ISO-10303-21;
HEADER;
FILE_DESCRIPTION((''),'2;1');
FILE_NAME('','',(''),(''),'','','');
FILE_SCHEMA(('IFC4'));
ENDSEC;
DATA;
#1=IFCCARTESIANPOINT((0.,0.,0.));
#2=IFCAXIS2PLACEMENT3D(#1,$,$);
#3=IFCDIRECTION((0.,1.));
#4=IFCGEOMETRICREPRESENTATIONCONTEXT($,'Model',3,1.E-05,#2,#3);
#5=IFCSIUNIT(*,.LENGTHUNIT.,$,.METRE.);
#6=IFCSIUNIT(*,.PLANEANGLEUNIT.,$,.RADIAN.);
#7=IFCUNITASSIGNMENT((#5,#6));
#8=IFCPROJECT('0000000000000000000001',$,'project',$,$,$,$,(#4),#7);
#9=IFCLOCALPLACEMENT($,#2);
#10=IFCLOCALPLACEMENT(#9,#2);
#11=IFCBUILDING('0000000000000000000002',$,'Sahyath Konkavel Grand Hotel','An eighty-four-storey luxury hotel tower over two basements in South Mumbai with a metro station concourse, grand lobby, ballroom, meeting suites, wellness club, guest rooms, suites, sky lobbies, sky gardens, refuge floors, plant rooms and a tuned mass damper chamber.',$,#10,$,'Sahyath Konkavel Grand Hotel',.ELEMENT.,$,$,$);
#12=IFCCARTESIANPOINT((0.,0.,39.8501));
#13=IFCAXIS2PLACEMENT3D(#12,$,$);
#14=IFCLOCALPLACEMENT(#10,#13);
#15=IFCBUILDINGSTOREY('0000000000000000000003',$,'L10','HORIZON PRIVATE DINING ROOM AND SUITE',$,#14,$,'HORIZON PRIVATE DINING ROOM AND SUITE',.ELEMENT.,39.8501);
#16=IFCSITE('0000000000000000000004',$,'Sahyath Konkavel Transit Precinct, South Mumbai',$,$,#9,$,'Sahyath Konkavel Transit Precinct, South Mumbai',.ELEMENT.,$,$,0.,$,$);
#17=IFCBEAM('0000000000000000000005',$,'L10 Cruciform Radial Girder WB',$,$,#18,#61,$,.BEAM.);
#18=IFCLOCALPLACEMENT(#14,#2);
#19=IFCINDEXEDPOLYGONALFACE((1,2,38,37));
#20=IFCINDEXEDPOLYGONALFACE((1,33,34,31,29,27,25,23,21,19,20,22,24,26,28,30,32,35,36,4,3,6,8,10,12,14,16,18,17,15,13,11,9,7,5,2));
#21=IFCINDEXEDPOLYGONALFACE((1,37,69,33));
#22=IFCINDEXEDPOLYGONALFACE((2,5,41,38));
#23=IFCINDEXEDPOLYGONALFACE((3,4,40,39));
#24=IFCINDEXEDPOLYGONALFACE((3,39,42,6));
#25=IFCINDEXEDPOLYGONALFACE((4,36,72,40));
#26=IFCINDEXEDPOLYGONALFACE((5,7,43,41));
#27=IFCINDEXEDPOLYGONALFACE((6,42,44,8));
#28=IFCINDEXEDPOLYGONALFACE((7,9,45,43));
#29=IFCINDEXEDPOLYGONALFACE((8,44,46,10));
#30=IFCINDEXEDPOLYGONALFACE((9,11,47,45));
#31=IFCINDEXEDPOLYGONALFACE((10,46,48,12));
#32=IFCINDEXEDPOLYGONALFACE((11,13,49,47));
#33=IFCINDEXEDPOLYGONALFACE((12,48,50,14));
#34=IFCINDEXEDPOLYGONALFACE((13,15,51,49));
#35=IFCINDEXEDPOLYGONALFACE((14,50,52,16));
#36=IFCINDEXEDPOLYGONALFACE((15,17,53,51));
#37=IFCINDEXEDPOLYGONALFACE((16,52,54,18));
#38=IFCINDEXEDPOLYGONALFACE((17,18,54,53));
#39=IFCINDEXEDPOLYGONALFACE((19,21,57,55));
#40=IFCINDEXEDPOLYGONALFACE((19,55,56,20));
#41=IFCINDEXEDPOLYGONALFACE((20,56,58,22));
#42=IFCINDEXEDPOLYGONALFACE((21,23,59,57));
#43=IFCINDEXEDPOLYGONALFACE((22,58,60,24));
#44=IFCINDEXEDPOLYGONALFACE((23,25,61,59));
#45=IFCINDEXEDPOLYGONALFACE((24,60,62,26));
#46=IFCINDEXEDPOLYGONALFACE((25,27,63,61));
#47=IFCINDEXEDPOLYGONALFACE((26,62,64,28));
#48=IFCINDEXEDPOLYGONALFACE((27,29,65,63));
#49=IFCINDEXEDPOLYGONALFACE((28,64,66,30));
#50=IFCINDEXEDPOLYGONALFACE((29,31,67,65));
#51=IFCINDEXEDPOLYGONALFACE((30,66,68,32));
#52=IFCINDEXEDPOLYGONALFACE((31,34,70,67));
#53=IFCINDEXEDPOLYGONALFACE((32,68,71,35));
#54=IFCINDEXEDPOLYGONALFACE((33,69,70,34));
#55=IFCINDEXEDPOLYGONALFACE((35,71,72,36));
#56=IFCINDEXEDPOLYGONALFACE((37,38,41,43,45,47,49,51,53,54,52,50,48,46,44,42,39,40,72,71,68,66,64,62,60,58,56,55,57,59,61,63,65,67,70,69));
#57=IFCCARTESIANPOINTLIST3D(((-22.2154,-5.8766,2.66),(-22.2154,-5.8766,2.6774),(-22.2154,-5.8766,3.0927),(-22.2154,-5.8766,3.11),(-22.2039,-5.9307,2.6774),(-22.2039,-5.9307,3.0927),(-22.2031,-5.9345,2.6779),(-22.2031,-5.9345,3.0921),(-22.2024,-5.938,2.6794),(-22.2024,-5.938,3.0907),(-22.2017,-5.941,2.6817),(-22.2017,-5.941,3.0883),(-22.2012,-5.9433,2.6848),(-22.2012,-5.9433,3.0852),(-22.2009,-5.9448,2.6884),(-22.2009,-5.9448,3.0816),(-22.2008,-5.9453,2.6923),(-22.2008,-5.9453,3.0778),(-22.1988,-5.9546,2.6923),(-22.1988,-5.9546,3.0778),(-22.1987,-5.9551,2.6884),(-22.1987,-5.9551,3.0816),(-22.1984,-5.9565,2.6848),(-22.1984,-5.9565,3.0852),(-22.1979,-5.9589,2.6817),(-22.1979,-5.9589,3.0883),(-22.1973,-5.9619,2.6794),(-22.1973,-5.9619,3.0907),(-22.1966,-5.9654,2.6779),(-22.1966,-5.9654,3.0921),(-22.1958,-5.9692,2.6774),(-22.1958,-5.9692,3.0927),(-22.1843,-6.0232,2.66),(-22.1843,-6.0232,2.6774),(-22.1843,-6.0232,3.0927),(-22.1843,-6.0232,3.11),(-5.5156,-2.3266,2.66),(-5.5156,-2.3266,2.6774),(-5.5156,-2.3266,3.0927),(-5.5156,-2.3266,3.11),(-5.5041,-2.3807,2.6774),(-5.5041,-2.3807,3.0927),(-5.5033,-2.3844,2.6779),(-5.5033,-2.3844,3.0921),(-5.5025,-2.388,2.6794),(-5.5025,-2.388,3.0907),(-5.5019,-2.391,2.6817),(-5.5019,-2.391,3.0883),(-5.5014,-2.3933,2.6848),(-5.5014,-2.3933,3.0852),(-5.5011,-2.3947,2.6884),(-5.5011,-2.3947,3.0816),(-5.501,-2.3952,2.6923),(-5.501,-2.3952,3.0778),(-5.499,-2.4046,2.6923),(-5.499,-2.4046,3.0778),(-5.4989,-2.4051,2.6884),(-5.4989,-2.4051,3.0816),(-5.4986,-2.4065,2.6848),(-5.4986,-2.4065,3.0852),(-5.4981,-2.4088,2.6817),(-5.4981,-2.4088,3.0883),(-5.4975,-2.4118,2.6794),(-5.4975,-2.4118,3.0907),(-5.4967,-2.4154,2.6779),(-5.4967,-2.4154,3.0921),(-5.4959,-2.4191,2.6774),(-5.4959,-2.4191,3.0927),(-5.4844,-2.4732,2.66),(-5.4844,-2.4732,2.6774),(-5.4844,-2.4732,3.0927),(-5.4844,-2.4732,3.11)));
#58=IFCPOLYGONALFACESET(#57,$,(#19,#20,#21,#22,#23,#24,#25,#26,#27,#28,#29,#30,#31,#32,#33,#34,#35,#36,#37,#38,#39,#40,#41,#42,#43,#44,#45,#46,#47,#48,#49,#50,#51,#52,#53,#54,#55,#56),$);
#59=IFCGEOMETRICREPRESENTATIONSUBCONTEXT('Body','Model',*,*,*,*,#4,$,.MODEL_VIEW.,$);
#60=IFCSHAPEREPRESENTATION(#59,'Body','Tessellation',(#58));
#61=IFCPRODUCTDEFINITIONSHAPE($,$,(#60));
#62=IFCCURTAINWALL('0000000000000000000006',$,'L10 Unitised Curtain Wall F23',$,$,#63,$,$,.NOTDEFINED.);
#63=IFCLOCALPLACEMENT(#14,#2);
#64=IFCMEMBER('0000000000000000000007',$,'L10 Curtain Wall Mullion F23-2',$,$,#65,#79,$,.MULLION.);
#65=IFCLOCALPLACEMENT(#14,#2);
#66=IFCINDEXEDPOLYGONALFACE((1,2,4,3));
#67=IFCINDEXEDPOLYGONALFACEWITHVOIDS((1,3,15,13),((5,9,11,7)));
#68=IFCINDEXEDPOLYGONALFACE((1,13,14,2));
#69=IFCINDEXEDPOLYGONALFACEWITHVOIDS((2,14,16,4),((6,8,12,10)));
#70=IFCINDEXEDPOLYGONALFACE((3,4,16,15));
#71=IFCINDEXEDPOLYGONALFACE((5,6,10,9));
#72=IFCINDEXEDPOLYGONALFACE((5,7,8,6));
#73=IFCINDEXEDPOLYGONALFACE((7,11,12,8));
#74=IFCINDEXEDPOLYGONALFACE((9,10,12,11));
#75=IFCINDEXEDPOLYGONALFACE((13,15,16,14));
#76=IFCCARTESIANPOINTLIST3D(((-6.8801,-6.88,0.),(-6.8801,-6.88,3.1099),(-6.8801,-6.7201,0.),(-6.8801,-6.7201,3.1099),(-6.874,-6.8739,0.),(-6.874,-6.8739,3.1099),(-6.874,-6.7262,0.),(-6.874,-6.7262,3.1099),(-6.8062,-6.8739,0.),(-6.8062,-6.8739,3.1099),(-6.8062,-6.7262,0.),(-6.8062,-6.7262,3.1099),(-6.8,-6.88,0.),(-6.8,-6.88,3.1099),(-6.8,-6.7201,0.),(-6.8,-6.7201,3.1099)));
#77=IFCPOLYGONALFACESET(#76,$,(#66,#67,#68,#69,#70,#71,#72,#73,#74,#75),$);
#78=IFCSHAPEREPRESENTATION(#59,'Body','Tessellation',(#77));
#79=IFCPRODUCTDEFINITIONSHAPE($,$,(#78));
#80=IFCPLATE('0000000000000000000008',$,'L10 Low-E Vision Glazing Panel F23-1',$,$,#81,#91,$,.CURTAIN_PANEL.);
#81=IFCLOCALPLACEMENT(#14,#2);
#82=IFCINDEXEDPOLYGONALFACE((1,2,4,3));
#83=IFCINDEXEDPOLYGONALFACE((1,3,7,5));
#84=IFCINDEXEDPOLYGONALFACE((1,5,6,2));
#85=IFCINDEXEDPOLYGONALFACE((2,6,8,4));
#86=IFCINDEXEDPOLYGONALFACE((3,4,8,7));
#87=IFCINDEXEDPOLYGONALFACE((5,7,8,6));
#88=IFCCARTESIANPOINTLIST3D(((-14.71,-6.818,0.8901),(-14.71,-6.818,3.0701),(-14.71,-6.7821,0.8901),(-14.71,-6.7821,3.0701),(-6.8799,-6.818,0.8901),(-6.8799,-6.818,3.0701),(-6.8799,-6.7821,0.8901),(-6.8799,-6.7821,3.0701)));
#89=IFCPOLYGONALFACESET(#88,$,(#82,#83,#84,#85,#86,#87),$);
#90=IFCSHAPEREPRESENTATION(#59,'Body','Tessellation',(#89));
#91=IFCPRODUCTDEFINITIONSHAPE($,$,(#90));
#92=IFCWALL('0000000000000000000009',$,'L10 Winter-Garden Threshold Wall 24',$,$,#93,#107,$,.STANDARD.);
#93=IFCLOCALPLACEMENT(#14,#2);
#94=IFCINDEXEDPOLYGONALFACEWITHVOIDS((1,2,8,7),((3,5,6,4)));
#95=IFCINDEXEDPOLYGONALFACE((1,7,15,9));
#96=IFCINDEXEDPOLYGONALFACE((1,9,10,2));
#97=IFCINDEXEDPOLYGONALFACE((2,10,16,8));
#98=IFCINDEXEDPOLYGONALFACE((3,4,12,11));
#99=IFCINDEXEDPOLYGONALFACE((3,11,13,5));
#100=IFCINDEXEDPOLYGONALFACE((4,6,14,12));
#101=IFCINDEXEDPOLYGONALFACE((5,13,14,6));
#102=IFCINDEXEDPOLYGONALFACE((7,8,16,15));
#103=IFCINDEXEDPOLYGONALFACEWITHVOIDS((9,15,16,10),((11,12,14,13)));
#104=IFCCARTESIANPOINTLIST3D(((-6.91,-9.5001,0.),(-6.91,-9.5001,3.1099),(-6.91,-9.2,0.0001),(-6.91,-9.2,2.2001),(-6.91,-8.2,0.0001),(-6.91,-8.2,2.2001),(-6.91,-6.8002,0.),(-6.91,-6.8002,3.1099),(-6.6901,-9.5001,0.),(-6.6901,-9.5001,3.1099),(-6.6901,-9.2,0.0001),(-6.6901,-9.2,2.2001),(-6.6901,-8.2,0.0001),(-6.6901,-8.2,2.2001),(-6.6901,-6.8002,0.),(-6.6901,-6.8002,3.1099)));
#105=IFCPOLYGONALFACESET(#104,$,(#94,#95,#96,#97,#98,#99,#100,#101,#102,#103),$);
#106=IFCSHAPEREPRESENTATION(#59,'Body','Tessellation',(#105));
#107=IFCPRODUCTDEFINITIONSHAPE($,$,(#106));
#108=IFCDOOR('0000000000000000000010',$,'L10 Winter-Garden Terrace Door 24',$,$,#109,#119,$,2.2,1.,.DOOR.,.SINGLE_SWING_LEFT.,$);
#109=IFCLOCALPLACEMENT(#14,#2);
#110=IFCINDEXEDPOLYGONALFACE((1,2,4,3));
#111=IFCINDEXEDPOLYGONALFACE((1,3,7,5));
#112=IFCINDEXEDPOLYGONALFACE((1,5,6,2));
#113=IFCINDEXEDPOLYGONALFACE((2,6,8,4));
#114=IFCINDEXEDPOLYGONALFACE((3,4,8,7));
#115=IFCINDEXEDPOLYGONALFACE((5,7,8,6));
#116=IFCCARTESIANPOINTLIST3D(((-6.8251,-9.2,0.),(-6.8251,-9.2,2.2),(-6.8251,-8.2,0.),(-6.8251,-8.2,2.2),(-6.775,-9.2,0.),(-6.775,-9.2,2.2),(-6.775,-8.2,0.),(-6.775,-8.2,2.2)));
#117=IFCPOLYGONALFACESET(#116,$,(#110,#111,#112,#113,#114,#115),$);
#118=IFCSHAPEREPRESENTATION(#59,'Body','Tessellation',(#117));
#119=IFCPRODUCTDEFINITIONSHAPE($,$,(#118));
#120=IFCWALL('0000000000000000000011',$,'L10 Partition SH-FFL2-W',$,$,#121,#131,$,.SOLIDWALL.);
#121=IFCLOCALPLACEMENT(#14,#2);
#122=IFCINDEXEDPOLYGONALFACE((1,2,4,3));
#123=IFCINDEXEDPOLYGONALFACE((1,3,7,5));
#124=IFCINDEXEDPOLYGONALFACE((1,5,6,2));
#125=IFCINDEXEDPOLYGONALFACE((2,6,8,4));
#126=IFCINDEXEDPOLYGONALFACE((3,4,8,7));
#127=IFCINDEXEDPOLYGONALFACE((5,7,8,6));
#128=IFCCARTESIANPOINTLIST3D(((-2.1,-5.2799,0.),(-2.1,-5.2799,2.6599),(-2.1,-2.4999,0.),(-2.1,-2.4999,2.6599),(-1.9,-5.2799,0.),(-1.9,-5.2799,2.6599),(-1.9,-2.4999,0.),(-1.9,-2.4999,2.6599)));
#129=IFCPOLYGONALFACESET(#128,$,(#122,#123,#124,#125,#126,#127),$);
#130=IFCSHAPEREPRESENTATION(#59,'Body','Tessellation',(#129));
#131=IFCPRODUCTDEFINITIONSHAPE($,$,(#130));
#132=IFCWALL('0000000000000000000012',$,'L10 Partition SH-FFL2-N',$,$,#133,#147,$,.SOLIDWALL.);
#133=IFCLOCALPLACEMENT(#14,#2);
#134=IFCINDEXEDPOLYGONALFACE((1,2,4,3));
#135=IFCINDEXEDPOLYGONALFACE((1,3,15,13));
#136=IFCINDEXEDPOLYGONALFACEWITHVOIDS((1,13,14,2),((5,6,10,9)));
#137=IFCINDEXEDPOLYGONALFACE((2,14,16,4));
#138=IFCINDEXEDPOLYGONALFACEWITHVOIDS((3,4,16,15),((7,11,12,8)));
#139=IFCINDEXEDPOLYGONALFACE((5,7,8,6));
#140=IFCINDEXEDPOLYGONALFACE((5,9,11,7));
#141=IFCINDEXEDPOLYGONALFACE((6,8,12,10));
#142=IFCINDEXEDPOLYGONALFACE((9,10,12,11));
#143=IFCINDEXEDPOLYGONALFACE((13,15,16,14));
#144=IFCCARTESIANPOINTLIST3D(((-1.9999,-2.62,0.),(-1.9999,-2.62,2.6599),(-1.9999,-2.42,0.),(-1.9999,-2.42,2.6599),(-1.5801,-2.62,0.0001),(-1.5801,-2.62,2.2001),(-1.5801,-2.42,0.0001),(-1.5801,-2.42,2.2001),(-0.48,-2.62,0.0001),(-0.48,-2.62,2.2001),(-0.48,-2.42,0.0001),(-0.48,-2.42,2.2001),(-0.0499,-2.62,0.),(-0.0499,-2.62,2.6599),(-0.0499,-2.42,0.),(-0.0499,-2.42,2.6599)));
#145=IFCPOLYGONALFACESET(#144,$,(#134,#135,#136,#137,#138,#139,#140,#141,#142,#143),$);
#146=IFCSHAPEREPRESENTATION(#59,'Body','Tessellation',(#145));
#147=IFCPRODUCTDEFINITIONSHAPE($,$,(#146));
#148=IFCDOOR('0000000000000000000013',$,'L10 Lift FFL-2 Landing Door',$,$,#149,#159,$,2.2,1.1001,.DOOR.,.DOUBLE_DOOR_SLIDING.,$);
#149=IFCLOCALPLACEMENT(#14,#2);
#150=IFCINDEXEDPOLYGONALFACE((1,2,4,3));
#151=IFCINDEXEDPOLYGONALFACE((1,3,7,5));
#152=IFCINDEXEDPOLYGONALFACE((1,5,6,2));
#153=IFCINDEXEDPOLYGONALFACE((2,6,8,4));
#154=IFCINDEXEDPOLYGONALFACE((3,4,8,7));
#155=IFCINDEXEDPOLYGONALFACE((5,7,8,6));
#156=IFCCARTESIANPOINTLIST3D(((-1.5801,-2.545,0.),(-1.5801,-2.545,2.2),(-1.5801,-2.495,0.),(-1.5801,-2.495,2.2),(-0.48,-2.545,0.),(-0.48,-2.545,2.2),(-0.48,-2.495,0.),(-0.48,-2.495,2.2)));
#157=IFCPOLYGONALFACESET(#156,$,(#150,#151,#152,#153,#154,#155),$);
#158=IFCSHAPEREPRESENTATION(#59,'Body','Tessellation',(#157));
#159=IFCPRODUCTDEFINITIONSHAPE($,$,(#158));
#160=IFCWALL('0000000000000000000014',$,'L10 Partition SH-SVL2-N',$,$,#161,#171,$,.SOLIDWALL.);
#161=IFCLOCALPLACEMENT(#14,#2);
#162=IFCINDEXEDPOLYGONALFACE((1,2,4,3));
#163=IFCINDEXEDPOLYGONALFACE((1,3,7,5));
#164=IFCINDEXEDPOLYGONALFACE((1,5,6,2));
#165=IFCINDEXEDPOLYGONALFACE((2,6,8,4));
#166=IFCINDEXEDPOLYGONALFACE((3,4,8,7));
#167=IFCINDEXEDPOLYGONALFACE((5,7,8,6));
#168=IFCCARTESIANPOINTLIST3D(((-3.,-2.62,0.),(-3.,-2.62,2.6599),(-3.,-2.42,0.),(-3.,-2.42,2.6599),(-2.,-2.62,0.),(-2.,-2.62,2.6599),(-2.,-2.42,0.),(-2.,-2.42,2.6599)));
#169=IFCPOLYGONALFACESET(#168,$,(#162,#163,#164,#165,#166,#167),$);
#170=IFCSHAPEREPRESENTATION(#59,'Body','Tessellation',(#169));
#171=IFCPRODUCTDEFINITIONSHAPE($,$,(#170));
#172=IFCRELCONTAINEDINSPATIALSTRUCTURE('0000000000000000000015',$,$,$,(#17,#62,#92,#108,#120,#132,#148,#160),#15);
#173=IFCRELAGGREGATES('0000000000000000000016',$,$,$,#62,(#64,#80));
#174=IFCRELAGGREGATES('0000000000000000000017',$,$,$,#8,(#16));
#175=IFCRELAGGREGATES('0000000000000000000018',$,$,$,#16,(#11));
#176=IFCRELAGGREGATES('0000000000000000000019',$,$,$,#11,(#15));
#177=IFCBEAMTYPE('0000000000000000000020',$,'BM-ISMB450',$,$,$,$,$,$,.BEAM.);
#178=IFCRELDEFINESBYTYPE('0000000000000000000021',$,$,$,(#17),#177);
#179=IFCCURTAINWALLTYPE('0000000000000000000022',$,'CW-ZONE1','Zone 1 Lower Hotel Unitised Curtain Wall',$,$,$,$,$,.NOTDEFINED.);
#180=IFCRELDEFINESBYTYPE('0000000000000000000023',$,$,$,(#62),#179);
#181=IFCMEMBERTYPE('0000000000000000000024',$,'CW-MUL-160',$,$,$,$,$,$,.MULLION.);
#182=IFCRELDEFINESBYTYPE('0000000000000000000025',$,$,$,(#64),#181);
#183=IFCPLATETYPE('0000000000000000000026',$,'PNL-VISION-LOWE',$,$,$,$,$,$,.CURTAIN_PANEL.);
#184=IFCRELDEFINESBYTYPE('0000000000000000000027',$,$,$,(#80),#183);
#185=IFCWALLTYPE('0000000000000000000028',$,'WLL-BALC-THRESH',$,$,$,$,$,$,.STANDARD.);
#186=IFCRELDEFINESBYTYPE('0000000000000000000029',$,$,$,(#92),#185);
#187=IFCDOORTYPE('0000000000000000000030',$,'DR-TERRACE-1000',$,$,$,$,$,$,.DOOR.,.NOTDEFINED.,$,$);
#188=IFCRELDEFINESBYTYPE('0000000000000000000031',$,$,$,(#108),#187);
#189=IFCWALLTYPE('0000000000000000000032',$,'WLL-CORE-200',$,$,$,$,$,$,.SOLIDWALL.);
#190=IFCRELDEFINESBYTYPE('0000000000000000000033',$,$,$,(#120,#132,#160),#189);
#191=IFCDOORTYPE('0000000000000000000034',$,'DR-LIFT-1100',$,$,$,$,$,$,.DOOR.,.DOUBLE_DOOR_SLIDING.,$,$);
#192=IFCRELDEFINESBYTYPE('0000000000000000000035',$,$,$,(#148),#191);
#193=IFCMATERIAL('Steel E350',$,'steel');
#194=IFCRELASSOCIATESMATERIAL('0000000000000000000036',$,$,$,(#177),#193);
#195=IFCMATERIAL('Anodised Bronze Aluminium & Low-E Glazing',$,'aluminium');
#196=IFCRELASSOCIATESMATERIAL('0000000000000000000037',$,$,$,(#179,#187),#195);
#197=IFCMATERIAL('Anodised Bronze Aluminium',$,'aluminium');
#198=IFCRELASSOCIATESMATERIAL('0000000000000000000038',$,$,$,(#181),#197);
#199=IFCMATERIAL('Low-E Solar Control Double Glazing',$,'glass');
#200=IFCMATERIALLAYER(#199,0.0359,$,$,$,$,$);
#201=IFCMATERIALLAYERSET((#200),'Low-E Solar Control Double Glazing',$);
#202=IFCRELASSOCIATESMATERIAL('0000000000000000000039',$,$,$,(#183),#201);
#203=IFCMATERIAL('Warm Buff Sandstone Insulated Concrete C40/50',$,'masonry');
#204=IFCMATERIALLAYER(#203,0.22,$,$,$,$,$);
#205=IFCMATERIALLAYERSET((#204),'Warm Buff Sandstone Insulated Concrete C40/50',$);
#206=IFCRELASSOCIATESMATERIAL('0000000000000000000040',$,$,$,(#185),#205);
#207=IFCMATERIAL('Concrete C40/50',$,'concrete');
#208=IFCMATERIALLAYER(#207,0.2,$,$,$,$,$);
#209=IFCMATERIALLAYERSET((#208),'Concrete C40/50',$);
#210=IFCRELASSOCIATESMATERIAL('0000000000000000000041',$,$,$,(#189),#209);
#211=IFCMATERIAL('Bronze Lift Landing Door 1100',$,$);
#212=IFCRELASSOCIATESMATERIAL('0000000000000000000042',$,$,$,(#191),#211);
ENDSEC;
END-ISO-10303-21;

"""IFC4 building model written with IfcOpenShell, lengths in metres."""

from ifc_helpers import new_model, si_unit, direction, frame, frame_2d, origin, origin_2d, place, context, subcontext, project, spatial, rectangle, hollow_rectangle, i_section, extrude, source, transform, mapped, material, layer, layer_set, material_profile, profile_set, type_object, element, fill, aggregate, save


model = new_model("IFC4")

# Units and contexts
model_context = context("Model", 3, precision=1e-05, world=origin(), true_north=direction((0.0, 1.0)))
body_context = subcontext(model_context, "Body", "Model", "MODEL_VIEW")
ifc_project = project(units=[si_unit("LENGTHUNIT", "METRE"), si_unit("PLANEANGLEUNIT", "RADIAN")], contexts=[model_context])

# Site, building, storey
site_placement = place(None, origin())
site = spatial("IfcSite", under=ifc_project, at=site_placement, Name="Sahyath Konkavel Transit Precinct, South Mumbai", LongName="Sahyath Konkavel Transit Precinct, South Mumbai", CompositionType="ELEMENT", RefElevation=0.0)
building_placement = place(site_placement, origin())
building = spatial("IfcBuilding", under=site, at=building_placement, Name="Sahyath Konkavel Grand Hotel", Description="An eighty-four-storey luxury hotel tower over two basements in South Mumbai with a metro station concourse, grand lobby, ballroom, meeting suites, wellness club, guest rooms, suites, sky lobbies, sky gardens, refuge floors, plant rooms and a tuned mass damper chamber.", LongName="Sahyath Konkavel Grand Hotel", CompositionType="ELEMENT")
storey_placement = place(building_placement, frame((0.0, 0.0, 39.8501)))
storey = spatial("IfcBuildingStorey", under=building, at=storey_placement, Name="L10", Description="HORIZON PRIVATE DINING ROOM AND SUITE", LongName="HORIZON PRIVATE DINING ROOM AND SUITE", CompositionType="ELEMENT", Elevation=39.8501)

# Beam
ifc_material_1 = material(Name="Steel E350", Category="steel")
ifc_material_profile_1 = material_profile(ifc_material_1, i_section(OverallWidth=0.1499, OverallDepth=0.45, WebThickness=0.0095, FlangeThickness=0.0173, FilletRadius=0.0149, at=origin_2d()), Name="ISMB 450")
ifc_profile_set_1 = profile_set([ifc_material_profile_1], Name="Steel E350")
beam_type_1 = type_object("IfcBeamType", Name="BM-ISMB450", PredefinedType="BEAM", material=ifc_profile_set_1)
shared_shape_1 = source(origin(), body_context, "Body", "SweptSolid", [
    extrude(i_section(OverallWidth=0.1499, OverallDepth=0.45, WebThickness=0.0095, FlangeThickness=0.0173, FilletRadius=0.0149, at=origin_2d()), origin(), (0.0, 0.0, 1.0), 17.073),
])
beam_1_placement = place(storey_placement, frame((-5.5, -2.3999, 2.885), z_axis=(-0.978143, -0.207932, 0.0), x_axis=(0.207932, -0.978143, 0.0)))
element("IfcBeam", 1, at=beam_1_placement, inside=storey, type_object=beam_type_1, Name="L10 Cruciform Radial Girder WB", PredefinedType="BEAM", context=body_context, shape_type="MappedRepresentation", body=[
    mapped(shared_shape_1, transform((0.0, 0.0, 0.0), scale=1.0)),
])

# Curtain wall, member, plate
ifc_material_2 = material(Name="Anodised Bronze Aluminium & Low-E Glazing", Category="aluminium")
curtain_wall_type = type_object("IfcCurtainWallType", Name="CW-ZONE1", Description="Zone 1 Lower Hotel Unitised Curtain Wall", PredefinedType="NOTDEFINED", material=ifc_material_2)
curtain_wall_placement = place(storey_placement, origin())
curtain_wall = element("IfcCurtainWall", 2, at=curtain_wall_placement, inside=storey, type_object=curtain_wall_type, Name="L10 Unitised Curtain Wall F23", PredefinedType="NOTDEFINED")
ifc_material_3 = material(Name="Anodised Bronze Aluminium", Category="aluminium")
ifc_material_profile_2 = material_profile(ifc_material_3, hollow_rectangle(XDim=0.0801, YDim=0.1599, WallThickness=0.0061, at=origin_2d()), Name="RHS 160x80x6")
ifc_profile_set_2 = profile_set([ifc_material_profile_2], Name="Anodised Bronze Aluminium")
member_type = type_object("IfcMemberType", Name="CW-MUL-160", PredefinedType="MULLION", material=ifc_profile_set_2)
shared_shape_2 = source(origin(), body_context, "Body", "SweptSolid", [
    extrude(hollow_rectangle(XDim=0.0801, YDim=0.1599, WallThickness=0.0061, at=origin_2d()), origin(), (0.0, 0.0, 1.0), 3.1099),
])
member_placement = place(storey_placement, frame((-6.8401, -6.8, 0.0), z_axis=(0.0, 0.0, 1.0), x_axis=(1.0, 0.0, 0.0)))
member = element("IfcMember", 3, at=member_placement, type_object=member_type, Name="L10 Curtain Wall Mullion F23-2", PredefinedType="MULLION", context=body_context, shape_type="MappedRepresentation", body=[
    mapped(shared_shape_2, transform((0.0, 0.0, 0.0), scale=1.0)),
])
ifc_material_4 = material(Name="Low-E Solar Control Double Glazing", Category="glass")
ifc_layer_1 = layer(ifc_material_4, 0.0359)
ifc_layer_set_1 = layer_set([ifc_layer_1], Name="Low-E Solar Control Double Glazing")
plate_type = type_object("IfcPlateType", Name="PNL-VISION-LOWE", PredefinedType="CURTAIN_PANEL", material=ifc_layer_set_1)
shared_shape_3 = source(origin(), body_context, "Body", "SweptSolid", [
    extrude(rectangle(XDim=7.8301, YDim=0.0359, at=origin_2d()), origin(), (0.0, 0.0, 1.0), 2.1799),
])
plate_placement = place(storey_placement, frame((-10.7949, -6.8, 0.8901), z_axis=(0.0, 0.0, 1.0), x_axis=(1.0, 0.0, 0.0)))
plate = element("IfcPlate", 4, at=plate_placement, type_object=plate_type, Name="L10 Low-E Vision Glazing Panel F23-1", PredefinedType="CURTAIN_PANEL", context=body_context, shape_type="MappedRepresentation", body=[
    mapped(shared_shape_3, transform((0.0, 0.0, 0.0), scale=1.0)),
])
aggregate(curtain_wall, [member, plate])

# Wall, opening, door
ifc_material_5 = material(Name="Warm Buff Sandstone Insulated Concrete C40/50", Category="masonry")
ifc_layer_2 = layer(ifc_material_5, 0.22)
ifc_layer_set_2 = layer_set([ifc_layer_2], Name="Warm Buff Sandstone Insulated Concrete C40/50")
wall_type_1 = type_object("IfcWallType", Name="WLL-BALC-THRESH", PredefinedType="STANDARD", material=ifc_layer_set_2)
wall_1_placement = place(storey_placement, frame((-6.8, -6.8, 0.0), z_axis=(0.0, 0.0, 1.0), x_axis=(0.0, -1.0, 0.0)))
wall_1 = element("IfcWall", 5, at=wall_1_placement, inside=storey, type_object=wall_type_1, Name="L10 Winter-Garden Threshold Wall 24", PredefinedType="STANDARD", context=body_context, shape_type="SweptSolid", body=[
    extrude(rectangle(XDim=2.7, YDim=0.22, at=frame_2d((1.3501, 0.0))), origin(), (0.0, 0.0, 1.0), 3.1099),
])
opening_1_placement = place(wall_1_placement, frame((1.3999, 0.0, 0.0)))
opening_1 = element("IfcOpeningElement", 6, at=opening_1_placement, cuts=wall_1, PredefinedType="OPENING", context=body_context, shape_type="SweptSolid", body=[
    extrude(rectangle(XDim=1.0, YDim=2.2, at=frame_2d((0.5, 1.1001))), frame((0.0, 0.1201, 0.0), z_axis=(0.0, -1.0, 0.0), x_axis=(1.0, 0.0, 0.0)), (0.0, 0.0, 1.0), 0.24),
])
door_type_1 = type_object("IfcDoorType", Name="DR-TERRACE-1000", OperationType="NOTDEFINED", PredefinedType="DOOR", material=ifc_material_2)
shared_shape_4 = source(origin(), body_context, "Body", "SweptSolid", [
    extrude(rectangle(XDim=1.0, YDim=0.05, at=origin_2d()), origin(), (0.0, 0.0, 1.0), 2.2),
])
door_1_placement = place(opening_1_placement, frame((0.5, 0.0, 0.0)))
door_1 = element("IfcDoor", 7, at=door_1_placement, inside=storey, type_object=door_type_1, Name="L10 Winter-Garden Terrace Door 24", OperationType="SINGLE_SWING_LEFT", OverallHeight=2.2, OverallWidth=1.0, PredefinedType="DOOR", context=body_context, shape_type="MappedRepresentation", body=[
    mapped(shared_shape_4, transform((0.0, 0.0, 0.0), scale=1.0)),
])
fill(opening_1, door_1)

# Wall
ifc_material_6 = material(Name="Concrete C40/50", Category="concrete")
ifc_layer_3 = layer(ifc_material_6, 0.2)
ifc_layer_set_3 = layer_set([ifc_layer_3], Name="Concrete C40/50")
wall_type_2 = type_object("IfcWallType", Name="WLL-CORE-200", PredefinedType="SOLIDWALL", material=ifc_layer_set_3)
wall_2_placement = place(storey_placement, frame((-2.0, -5.28, 0.0), z_axis=(0.0, 0.0, 1.0), x_axis=(0.0, 1.0, 0.0)))
element("IfcWall", 8, at=wall_2_placement, inside=storey, type_object=wall_type_2, Name="L10 Partition SH-FFL2-W", PredefinedType="SOLIDWALL", context=body_context, shape_type="SweptSolid", body=[
    extrude(rectangle(XDim=2.78, YDim=0.2, at=frame_2d((1.3901, 0.0))), origin(), (0.0, 0.0, 1.0), 2.6599),
])

# Wall, opening, door
wall_3_placement = place(storey_placement, frame((-2.0, -2.52, 0.0), z_axis=(0.0, 0.0, 1.0), x_axis=(1.0, 0.0, 0.0)))
wall_3 = element("IfcWall", 9, at=wall_3_placement, inside=storey, type_object=wall_type_2, Name="L10 Partition SH-FFL2-N", PredefinedType="SOLIDWALL", context=body_context, shape_type="SweptSolid", body=[
    extrude(rectangle(XDim=1.95, YDim=0.2, at=frame_2d((0.9751, 0.0))), origin(), (0.0, 0.0, 1.0), 2.6599),
])
opening_2_placement = place(wall_3_placement, frame((0.4199, 0.0, 0.0)))
opening_2 = element("IfcOpeningElement", 10, at=opening_2_placement, cuts=wall_3, PredefinedType="OPENING", context=body_context, shape_type="SweptSolid", body=[
    extrude(rectangle(XDim=1.1001, YDim=2.2, at=frame_2d((0.55, 1.1001))), frame((0.0, 0.1099, 0.0), z_axis=(0.0, -1.0, 0.0), x_axis=(1.0, 0.0, 0.0)), (0.0, 0.0, 1.0), 0.22),
])
ifc_material_7 = material(Name="Bronze Lift Landing Door 1100")
door_type_2 = type_object("IfcDoorType", Name="DR-LIFT-1100", OperationType="DOUBLE_DOOR_SLIDING", PredefinedType="DOOR", material=ifc_material_7)
shared_shape_5 = source(origin(), body_context, "Body", "SweptSolid", [
    extrude(rectangle(XDim=1.1001, YDim=0.05, at=origin_2d()), origin(), (0.0, 0.0, 1.0), 2.2),
])
door_2_placement = place(opening_2_placement, frame((0.55, 0.0, 0.0)))
door_2 = element("IfcDoor", 11, at=door_2_placement, inside=storey, type_object=door_type_2, Name="L10 Lift FFL-2 Landing Door", OperationType="DOUBLE_DOOR_SLIDING", OverallHeight=2.2, OverallWidth=1.1001, PredefinedType="DOOR", context=body_context, shape_type="MappedRepresentation", body=[
    mapped(shared_shape_5, transform((0.0, 0.0, 0.0), scale=1.0)),
])
fill(opening_2, door_2)

# Wall
wall_4_placement = place(storey_placement, frame((-3.0, -2.52, 0.0), z_axis=(0.0, 0.0, 1.0), x_axis=(1.0, 0.0, 0.0)))
element("IfcWall", 12, at=wall_4_placement, inside=storey, type_object=wall_type_2, Name="L10 Partition SH-SVL2-N", PredefinedType="SOLIDWALL", context=body_context, shape_type="SweptSolid", body=[
    extrude(rectangle(XDim=1.0, YDim=0.2, at=frame_2d((0.5, 0.0))), origin(), (0.0, 0.0, 1.0), 2.6599),
])

save(model, "model.ifc")
